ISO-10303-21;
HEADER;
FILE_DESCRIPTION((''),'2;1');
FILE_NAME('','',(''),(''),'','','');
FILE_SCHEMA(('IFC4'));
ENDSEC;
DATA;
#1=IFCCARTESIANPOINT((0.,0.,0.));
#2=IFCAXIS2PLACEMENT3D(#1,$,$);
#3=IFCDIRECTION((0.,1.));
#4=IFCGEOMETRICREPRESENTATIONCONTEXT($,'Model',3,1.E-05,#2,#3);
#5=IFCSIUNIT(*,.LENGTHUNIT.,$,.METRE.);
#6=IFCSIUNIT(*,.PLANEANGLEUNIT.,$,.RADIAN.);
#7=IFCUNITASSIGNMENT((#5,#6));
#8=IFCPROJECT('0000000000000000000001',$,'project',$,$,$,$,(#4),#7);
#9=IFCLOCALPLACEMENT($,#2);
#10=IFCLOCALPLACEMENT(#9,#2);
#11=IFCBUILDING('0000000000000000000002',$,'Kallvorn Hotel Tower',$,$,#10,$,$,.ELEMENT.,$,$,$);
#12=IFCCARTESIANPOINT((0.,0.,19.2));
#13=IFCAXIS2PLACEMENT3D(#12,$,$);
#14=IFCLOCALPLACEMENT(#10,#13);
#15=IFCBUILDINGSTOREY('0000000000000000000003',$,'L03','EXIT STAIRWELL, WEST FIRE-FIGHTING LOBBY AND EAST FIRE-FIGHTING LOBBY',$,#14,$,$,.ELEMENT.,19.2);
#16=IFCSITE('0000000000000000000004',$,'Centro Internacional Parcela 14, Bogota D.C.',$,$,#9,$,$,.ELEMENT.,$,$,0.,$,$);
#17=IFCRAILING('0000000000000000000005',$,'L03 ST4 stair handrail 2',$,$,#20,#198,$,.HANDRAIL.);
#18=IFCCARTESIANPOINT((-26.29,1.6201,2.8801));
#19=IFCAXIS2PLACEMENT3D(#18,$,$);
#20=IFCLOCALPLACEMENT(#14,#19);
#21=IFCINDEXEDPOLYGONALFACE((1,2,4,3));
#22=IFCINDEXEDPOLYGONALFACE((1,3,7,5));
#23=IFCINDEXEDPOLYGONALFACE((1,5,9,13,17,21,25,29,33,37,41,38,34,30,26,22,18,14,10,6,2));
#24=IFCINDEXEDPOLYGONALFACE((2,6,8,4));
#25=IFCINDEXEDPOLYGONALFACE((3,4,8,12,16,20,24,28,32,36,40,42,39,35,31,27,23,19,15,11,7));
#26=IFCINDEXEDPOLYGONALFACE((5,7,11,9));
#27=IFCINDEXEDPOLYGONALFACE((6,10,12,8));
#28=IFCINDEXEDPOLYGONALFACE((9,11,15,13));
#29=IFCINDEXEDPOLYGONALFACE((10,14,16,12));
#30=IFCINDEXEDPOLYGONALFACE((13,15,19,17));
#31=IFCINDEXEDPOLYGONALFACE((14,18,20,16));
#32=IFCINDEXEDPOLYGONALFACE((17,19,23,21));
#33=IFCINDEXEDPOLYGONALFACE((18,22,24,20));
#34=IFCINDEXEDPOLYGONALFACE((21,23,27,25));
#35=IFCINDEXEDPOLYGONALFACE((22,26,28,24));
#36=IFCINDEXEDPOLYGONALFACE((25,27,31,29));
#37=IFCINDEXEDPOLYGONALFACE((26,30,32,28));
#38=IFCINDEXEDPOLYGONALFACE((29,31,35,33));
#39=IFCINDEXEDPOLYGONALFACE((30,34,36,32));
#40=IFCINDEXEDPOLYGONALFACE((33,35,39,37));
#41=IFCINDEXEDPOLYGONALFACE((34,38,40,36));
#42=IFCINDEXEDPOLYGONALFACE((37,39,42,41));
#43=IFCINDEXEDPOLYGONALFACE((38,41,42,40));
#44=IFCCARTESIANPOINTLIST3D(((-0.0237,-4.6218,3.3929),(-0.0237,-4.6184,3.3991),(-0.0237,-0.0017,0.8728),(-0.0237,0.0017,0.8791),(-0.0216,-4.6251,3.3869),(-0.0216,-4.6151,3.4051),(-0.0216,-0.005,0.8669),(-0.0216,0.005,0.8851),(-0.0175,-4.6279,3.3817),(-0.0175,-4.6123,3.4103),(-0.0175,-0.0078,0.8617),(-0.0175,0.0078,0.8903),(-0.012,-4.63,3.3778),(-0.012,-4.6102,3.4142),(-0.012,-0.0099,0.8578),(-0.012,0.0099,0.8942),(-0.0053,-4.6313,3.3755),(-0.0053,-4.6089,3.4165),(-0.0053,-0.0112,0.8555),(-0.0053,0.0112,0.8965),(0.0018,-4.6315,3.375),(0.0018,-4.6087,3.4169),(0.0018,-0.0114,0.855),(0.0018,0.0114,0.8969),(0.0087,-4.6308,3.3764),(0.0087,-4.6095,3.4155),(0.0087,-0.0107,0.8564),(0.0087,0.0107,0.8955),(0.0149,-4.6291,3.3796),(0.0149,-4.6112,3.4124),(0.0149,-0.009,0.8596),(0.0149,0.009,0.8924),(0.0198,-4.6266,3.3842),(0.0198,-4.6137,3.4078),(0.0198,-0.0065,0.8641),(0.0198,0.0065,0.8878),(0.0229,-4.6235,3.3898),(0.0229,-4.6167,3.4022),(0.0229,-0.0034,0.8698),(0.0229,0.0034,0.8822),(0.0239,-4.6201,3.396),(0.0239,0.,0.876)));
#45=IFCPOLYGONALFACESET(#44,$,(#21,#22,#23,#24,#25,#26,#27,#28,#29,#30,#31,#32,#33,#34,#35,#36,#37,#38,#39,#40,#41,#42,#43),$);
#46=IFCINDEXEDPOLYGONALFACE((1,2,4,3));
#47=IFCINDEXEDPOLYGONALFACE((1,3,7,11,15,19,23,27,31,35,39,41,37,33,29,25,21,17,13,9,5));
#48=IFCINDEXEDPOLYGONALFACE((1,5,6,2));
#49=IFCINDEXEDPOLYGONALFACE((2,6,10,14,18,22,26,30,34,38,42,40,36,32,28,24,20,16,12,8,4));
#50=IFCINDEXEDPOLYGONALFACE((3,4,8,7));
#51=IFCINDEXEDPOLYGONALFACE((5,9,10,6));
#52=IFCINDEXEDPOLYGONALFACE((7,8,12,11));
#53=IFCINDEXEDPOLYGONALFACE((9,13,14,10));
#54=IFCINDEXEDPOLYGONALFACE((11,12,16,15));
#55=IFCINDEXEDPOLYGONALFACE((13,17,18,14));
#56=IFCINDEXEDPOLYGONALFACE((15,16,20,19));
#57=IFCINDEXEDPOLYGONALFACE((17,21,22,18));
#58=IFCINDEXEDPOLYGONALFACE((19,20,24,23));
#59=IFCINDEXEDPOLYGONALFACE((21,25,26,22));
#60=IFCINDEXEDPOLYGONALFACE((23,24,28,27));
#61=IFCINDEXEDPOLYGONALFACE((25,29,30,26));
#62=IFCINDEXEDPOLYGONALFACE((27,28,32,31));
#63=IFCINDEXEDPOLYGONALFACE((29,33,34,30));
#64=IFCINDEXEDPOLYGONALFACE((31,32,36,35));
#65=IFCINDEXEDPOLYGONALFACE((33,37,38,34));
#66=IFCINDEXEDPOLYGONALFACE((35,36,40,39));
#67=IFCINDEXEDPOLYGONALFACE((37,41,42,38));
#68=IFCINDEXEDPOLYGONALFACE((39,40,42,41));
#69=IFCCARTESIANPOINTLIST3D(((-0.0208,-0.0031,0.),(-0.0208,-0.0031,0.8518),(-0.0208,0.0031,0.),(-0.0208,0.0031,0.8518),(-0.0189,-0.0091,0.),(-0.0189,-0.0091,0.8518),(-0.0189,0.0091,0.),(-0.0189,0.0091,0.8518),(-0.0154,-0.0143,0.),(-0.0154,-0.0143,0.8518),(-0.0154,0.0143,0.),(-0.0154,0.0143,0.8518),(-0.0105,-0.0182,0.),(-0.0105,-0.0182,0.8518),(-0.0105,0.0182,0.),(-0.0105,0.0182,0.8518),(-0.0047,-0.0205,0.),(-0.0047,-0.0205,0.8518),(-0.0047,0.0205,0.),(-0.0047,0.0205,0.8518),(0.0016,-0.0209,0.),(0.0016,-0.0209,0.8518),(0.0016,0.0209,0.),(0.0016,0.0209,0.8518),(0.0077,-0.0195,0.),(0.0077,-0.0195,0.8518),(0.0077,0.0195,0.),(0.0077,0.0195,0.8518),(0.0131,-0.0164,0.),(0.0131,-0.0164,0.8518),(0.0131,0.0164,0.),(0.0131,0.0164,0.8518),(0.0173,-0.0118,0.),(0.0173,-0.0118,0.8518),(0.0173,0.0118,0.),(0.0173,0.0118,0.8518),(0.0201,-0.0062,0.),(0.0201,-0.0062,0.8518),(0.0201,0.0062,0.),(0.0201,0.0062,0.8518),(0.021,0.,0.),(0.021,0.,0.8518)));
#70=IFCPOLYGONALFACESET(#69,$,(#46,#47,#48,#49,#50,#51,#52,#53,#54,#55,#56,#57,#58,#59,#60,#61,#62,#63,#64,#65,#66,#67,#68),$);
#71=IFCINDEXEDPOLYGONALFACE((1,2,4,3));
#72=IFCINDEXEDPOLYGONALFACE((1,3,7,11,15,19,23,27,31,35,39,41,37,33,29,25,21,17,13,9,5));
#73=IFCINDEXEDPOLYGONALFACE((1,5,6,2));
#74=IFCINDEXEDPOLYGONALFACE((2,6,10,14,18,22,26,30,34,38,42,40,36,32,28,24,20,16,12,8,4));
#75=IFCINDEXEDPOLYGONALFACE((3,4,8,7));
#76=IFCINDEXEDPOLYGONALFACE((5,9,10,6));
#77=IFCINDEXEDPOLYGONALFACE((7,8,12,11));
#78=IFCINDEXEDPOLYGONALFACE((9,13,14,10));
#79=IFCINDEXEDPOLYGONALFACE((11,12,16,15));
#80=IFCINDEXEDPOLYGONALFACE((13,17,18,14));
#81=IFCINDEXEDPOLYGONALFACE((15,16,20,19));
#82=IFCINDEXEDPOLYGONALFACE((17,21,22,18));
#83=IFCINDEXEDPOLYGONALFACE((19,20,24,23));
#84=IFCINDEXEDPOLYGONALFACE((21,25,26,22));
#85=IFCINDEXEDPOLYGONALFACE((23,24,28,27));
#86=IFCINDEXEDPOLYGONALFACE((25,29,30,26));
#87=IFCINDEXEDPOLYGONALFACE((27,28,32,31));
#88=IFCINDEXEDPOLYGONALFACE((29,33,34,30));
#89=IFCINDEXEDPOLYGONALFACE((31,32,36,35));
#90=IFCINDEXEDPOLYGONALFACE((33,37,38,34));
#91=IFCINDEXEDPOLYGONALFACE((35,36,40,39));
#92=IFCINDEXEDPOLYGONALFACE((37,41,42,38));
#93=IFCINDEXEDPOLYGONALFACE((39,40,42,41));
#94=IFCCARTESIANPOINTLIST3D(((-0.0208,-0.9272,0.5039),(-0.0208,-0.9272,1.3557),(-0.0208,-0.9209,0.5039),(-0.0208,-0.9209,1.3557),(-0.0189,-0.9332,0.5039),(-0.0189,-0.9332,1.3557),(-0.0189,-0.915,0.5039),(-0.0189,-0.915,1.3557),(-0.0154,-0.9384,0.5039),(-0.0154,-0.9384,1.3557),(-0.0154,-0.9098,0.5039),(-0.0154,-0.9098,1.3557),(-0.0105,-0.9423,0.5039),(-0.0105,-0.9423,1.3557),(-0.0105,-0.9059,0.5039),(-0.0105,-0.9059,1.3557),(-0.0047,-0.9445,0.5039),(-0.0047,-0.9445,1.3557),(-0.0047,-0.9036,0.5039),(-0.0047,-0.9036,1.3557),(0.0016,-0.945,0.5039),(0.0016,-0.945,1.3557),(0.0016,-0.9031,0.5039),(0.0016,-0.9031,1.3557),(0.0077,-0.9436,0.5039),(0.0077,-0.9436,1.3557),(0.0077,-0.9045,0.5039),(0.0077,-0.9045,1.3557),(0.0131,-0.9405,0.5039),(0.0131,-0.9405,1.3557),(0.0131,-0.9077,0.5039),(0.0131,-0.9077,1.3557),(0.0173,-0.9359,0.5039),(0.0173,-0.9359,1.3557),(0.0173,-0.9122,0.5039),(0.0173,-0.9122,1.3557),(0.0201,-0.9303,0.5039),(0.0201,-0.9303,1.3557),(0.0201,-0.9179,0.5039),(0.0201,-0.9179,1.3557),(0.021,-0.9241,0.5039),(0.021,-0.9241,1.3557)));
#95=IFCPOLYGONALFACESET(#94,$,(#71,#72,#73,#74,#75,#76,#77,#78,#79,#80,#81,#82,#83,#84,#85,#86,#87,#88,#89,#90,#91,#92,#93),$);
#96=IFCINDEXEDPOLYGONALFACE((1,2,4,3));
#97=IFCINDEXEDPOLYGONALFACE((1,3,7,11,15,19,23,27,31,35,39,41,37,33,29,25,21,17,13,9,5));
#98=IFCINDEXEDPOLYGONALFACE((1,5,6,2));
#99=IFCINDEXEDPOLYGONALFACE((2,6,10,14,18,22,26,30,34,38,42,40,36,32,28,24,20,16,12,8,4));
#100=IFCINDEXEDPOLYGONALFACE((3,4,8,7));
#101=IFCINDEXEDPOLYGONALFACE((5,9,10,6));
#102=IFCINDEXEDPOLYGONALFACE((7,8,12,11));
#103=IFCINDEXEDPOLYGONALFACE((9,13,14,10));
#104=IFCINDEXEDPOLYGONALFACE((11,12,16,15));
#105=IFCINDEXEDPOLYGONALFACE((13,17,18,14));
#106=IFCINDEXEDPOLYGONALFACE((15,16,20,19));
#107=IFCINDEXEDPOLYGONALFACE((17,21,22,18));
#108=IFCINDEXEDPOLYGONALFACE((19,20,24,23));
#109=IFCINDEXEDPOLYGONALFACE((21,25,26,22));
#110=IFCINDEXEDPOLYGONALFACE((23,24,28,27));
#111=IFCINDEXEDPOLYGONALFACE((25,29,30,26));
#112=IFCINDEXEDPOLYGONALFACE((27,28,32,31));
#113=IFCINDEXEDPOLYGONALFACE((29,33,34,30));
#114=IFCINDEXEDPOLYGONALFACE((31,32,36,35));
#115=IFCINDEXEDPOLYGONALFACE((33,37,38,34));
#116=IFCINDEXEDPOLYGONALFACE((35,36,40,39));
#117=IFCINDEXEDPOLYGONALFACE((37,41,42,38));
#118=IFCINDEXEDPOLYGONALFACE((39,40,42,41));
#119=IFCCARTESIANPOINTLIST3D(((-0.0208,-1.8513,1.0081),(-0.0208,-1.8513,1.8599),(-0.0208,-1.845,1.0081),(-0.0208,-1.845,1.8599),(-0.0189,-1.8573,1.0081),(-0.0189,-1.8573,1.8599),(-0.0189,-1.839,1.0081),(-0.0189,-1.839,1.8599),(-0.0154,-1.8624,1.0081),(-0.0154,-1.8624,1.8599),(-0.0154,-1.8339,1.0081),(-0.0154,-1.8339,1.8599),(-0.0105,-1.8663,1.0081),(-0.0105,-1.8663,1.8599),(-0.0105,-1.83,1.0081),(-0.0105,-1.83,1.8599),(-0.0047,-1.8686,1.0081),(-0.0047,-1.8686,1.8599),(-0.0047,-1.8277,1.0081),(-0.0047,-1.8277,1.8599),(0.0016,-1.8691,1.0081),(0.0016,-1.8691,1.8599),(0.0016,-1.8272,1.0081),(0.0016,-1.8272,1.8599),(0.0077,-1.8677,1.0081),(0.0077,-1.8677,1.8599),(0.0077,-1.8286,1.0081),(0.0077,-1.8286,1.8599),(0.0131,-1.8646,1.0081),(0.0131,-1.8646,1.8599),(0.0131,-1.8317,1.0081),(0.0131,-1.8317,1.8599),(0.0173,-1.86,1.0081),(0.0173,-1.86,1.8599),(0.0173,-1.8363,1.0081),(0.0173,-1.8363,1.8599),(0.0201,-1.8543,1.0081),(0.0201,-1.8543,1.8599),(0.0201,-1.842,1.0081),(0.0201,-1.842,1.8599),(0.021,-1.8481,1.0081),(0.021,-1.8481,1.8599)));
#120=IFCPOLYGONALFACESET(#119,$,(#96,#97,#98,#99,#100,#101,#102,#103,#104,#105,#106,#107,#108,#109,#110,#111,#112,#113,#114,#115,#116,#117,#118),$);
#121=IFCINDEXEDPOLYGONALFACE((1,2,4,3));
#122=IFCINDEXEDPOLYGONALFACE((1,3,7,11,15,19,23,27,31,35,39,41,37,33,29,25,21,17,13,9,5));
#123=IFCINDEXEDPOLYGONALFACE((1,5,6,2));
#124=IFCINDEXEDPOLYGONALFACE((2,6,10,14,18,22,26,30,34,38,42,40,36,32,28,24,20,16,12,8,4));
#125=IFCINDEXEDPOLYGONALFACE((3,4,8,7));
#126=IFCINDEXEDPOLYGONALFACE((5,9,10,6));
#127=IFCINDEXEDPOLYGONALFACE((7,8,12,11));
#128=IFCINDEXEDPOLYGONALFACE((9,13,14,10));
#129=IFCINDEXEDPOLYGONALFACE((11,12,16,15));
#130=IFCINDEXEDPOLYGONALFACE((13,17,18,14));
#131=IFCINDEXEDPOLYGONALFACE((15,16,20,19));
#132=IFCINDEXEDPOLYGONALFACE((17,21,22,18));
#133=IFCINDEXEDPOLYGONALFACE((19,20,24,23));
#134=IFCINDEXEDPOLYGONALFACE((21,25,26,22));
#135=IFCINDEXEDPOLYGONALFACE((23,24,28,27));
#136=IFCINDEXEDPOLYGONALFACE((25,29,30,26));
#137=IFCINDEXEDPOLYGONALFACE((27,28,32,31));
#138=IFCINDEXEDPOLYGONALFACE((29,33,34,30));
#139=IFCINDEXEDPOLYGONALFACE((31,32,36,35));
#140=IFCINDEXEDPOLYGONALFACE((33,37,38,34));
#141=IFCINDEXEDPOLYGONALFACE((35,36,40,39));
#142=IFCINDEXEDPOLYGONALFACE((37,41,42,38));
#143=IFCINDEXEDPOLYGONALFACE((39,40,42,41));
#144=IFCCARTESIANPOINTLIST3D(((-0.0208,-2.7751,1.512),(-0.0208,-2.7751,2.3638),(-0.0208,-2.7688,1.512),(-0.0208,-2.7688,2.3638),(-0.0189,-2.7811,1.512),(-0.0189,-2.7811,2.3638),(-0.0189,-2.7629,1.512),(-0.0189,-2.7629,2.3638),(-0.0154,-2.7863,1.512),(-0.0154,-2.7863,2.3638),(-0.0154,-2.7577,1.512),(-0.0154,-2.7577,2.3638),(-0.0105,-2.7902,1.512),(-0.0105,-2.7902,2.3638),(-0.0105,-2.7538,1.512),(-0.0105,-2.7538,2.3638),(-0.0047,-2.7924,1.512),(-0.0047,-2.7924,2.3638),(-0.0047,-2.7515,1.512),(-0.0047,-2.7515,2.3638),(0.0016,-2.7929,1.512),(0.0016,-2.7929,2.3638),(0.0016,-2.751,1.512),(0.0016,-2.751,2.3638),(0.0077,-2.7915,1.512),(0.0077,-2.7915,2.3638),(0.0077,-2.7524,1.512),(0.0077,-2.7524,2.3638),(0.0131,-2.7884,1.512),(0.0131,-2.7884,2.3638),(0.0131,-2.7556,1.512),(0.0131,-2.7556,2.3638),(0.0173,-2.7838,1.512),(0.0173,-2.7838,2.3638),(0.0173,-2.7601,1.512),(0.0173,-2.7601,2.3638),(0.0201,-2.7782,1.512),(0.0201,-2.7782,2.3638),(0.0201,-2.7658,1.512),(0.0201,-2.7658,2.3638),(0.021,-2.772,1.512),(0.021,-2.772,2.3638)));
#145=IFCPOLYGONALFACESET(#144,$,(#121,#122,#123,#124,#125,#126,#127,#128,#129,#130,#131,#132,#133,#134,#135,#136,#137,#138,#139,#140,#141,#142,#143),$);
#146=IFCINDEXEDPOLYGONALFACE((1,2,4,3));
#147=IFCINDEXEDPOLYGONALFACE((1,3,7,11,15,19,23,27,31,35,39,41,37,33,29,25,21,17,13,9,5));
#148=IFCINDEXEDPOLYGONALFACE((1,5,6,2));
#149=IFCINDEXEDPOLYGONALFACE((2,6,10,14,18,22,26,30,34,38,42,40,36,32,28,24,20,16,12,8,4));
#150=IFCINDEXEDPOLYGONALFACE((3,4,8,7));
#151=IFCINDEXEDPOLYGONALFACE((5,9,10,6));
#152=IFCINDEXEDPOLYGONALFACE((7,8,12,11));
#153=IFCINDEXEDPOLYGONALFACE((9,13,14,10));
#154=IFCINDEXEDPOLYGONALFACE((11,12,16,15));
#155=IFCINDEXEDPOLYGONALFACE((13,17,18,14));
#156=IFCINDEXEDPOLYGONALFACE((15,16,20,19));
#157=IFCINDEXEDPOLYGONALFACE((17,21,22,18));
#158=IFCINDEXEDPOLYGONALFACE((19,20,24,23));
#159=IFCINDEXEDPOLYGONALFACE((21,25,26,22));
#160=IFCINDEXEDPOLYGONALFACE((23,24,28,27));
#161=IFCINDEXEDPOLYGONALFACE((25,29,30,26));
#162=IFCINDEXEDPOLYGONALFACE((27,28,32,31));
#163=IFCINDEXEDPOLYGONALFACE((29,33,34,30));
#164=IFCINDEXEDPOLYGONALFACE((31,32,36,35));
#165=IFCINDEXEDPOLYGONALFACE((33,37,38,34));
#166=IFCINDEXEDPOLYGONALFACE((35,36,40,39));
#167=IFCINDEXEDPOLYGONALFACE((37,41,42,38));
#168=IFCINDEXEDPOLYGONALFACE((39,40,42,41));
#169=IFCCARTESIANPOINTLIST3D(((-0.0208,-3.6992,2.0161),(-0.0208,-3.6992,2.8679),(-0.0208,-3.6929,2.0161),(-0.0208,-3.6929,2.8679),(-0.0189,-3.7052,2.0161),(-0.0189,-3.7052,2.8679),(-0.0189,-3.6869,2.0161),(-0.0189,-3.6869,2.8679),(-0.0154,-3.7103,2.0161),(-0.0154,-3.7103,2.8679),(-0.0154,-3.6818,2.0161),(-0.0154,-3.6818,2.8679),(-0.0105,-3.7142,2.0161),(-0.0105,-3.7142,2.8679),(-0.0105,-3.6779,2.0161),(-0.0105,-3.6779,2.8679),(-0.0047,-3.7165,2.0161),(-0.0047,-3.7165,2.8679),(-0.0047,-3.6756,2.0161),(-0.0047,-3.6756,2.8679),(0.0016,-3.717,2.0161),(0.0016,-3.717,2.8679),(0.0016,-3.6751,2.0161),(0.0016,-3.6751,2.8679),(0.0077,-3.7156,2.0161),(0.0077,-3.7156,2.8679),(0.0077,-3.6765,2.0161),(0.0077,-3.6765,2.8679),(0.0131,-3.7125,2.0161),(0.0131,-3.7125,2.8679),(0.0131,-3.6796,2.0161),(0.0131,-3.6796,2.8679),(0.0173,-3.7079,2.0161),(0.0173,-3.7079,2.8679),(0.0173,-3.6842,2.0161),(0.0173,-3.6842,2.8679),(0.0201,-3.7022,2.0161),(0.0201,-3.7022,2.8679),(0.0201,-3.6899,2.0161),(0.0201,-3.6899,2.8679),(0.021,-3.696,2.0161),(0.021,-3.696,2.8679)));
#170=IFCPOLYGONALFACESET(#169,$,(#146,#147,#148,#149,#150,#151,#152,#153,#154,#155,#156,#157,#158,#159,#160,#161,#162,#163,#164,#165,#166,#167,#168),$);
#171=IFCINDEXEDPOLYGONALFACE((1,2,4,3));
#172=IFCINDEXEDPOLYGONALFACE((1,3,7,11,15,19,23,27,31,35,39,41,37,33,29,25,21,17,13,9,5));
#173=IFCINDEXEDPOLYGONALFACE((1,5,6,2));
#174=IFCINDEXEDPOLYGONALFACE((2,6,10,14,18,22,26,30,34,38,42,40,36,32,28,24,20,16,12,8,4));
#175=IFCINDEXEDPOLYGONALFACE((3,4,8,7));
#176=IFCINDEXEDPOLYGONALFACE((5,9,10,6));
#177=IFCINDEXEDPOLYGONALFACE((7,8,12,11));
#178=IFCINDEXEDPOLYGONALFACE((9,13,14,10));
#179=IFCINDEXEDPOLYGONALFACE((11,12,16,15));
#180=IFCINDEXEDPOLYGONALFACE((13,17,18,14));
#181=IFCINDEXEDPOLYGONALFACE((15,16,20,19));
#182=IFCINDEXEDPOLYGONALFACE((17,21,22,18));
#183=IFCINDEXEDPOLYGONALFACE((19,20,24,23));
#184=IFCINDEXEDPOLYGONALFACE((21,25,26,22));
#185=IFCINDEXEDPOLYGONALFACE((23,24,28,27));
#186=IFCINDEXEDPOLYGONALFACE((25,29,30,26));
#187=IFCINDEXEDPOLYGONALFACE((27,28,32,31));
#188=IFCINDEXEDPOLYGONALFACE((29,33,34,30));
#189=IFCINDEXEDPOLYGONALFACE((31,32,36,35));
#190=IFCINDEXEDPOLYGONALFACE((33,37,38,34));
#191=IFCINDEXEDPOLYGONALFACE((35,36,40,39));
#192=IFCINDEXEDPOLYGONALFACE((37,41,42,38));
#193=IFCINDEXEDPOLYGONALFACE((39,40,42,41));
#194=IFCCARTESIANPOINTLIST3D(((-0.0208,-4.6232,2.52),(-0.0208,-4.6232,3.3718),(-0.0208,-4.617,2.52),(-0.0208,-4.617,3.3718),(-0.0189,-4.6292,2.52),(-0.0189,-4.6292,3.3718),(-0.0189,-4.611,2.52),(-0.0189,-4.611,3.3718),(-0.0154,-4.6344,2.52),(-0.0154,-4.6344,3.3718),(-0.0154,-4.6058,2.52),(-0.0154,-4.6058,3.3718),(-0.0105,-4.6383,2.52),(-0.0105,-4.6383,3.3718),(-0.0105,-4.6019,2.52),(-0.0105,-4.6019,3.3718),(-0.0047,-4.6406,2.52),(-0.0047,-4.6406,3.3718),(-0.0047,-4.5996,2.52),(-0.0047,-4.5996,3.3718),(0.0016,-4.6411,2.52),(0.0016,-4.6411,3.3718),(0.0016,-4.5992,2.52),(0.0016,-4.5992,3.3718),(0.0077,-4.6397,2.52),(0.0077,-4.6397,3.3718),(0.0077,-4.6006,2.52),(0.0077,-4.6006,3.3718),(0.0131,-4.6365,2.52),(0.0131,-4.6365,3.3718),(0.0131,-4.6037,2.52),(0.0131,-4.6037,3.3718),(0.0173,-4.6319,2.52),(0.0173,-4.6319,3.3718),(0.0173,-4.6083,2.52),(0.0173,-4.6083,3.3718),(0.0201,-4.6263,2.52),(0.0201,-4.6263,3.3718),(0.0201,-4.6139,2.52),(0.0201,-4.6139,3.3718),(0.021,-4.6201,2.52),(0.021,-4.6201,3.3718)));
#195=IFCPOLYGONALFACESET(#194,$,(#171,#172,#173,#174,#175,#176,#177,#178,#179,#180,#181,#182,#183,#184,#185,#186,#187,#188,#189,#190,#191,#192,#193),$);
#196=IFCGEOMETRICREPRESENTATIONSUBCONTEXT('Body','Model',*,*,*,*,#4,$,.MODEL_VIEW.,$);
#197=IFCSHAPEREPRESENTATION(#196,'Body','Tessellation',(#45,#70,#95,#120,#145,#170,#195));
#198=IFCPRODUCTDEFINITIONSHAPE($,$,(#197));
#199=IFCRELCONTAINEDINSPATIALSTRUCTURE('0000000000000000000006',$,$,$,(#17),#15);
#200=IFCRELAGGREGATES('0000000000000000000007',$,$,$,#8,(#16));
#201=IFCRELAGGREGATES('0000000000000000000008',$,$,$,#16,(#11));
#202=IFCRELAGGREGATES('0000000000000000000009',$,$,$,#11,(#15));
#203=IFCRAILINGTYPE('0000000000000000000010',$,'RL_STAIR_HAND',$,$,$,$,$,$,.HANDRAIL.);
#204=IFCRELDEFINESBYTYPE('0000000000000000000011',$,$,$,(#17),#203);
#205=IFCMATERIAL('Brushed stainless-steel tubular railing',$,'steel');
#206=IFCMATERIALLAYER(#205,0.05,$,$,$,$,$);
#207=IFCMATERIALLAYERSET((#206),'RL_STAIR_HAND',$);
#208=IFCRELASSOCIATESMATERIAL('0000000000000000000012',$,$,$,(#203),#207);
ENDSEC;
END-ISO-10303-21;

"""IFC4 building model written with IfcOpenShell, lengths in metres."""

from ifc_helpers import new_model, si_unit, direction, frame, origin, origin_2d, place, context, subcontext, project, spatial, circle, extrude, material, layer, layer_set, type_object, element, save


model = new_model("IFC4")

# Units and contexts
model_context = context("Model", 3, precision=1e-05, world=origin(), true_north=direction((0.0, 1.0)))
body_context = subcontext(model_context, "Body", "Model", "MODEL_VIEW")
ifc_project = project(units=[si_unit("LENGTHUNIT", "METRE"), si_unit("PLANEANGLEUNIT", "RADIAN")], contexts=[model_context])

# Site, building, storey
site_placement = place(None, origin())
site = spatial("IfcSite", under=ifc_project, at=site_placement, Name="Centro Internacional Parcela 14, Bogota D.C.", CompositionType="ELEMENT", RefElevation=0.0)
building_placement = place(site_placement, origin())
building = spatial("IfcBuilding", under=site, at=building_placement, Name="Kallvorn Hotel Tower", CompositionType="ELEMENT")
storey_placement = place(building_placement, frame((0.0, 0.0, 19.2)))
storey = spatial("IfcBuildingStorey", under=building, at=storey_placement, Name="L03", Description="EXIT STAIRWELL, WEST FIRE-FIGHTING LOBBY AND EAST FIRE-FIGHTING LOBBY", CompositionType="ELEMENT", Elevation=19.2)

# Railing
ifc_material_1 = material(Name="Brushed stainless-steel tubular railing", Category="steel")
ifc_layer_1 = layer(ifc_material_1, 0.05)
ifc_layer_set_1 = layer_set([ifc_layer_1], Name="RL_STAIR_HAND")
railing_type_1 = type_object("IfcRailingType", Name="RL_STAIR_HAND", PredefinedType="HANDRAIL", material=ifc_layer_set_1)
railing_1_placement = place(storey_placement, frame((-26.29, 1.6201, 2.8801)))
element("IfcRailing", 1, at=railing_1_placement, inside=storey, type_object=railing_type_1, Name="L03 ST4 stair handrail 2", PredefinedType="HANDRAIL", context=body_context, shape_type="SweptSolid", body=[
    extrude(circle(Radius=0.0239, at=origin_2d()), frame((0.0, 0.0, 0.876), z_axis=(0.0, -0.877899, 0.478846), x_axis=(1.0, 0.0, 0.0)), (0.0, 0.0, 1.0), 5.2627),
    extrude(circle(Radius=0.021, at=origin_2d()), origin(), (0.0, 0.0, 1.0), 0.8518),
    extrude(circle(Radius=0.021, at=origin_2d()), frame((0.0, -0.9241, 0.5039)), (0.0, 0.0, 1.0), 0.8518),
    extrude(circle(Radius=0.021, at=origin_2d()), frame((0.0, -1.8481, 1.0081)), (0.0, 0.0, 1.0), 0.8518),
    extrude(circle(Radius=0.021, at=origin_2d()), frame((0.0, -2.772, 1.512)), (0.0, 0.0, 1.0), 0.8518),
    extrude(circle(Radius=0.021, at=origin_2d()), frame((0.0, -3.696, 2.0161)), (0.0, 0.0, 1.0), 0.8518),
    extrude(circle(Radius=0.021, at=origin_2d()), frame((0.0, -4.6201, 2.52)), (0.0, 0.0, 1.0), 0.8518),
])

save(model, "model.ifc")
